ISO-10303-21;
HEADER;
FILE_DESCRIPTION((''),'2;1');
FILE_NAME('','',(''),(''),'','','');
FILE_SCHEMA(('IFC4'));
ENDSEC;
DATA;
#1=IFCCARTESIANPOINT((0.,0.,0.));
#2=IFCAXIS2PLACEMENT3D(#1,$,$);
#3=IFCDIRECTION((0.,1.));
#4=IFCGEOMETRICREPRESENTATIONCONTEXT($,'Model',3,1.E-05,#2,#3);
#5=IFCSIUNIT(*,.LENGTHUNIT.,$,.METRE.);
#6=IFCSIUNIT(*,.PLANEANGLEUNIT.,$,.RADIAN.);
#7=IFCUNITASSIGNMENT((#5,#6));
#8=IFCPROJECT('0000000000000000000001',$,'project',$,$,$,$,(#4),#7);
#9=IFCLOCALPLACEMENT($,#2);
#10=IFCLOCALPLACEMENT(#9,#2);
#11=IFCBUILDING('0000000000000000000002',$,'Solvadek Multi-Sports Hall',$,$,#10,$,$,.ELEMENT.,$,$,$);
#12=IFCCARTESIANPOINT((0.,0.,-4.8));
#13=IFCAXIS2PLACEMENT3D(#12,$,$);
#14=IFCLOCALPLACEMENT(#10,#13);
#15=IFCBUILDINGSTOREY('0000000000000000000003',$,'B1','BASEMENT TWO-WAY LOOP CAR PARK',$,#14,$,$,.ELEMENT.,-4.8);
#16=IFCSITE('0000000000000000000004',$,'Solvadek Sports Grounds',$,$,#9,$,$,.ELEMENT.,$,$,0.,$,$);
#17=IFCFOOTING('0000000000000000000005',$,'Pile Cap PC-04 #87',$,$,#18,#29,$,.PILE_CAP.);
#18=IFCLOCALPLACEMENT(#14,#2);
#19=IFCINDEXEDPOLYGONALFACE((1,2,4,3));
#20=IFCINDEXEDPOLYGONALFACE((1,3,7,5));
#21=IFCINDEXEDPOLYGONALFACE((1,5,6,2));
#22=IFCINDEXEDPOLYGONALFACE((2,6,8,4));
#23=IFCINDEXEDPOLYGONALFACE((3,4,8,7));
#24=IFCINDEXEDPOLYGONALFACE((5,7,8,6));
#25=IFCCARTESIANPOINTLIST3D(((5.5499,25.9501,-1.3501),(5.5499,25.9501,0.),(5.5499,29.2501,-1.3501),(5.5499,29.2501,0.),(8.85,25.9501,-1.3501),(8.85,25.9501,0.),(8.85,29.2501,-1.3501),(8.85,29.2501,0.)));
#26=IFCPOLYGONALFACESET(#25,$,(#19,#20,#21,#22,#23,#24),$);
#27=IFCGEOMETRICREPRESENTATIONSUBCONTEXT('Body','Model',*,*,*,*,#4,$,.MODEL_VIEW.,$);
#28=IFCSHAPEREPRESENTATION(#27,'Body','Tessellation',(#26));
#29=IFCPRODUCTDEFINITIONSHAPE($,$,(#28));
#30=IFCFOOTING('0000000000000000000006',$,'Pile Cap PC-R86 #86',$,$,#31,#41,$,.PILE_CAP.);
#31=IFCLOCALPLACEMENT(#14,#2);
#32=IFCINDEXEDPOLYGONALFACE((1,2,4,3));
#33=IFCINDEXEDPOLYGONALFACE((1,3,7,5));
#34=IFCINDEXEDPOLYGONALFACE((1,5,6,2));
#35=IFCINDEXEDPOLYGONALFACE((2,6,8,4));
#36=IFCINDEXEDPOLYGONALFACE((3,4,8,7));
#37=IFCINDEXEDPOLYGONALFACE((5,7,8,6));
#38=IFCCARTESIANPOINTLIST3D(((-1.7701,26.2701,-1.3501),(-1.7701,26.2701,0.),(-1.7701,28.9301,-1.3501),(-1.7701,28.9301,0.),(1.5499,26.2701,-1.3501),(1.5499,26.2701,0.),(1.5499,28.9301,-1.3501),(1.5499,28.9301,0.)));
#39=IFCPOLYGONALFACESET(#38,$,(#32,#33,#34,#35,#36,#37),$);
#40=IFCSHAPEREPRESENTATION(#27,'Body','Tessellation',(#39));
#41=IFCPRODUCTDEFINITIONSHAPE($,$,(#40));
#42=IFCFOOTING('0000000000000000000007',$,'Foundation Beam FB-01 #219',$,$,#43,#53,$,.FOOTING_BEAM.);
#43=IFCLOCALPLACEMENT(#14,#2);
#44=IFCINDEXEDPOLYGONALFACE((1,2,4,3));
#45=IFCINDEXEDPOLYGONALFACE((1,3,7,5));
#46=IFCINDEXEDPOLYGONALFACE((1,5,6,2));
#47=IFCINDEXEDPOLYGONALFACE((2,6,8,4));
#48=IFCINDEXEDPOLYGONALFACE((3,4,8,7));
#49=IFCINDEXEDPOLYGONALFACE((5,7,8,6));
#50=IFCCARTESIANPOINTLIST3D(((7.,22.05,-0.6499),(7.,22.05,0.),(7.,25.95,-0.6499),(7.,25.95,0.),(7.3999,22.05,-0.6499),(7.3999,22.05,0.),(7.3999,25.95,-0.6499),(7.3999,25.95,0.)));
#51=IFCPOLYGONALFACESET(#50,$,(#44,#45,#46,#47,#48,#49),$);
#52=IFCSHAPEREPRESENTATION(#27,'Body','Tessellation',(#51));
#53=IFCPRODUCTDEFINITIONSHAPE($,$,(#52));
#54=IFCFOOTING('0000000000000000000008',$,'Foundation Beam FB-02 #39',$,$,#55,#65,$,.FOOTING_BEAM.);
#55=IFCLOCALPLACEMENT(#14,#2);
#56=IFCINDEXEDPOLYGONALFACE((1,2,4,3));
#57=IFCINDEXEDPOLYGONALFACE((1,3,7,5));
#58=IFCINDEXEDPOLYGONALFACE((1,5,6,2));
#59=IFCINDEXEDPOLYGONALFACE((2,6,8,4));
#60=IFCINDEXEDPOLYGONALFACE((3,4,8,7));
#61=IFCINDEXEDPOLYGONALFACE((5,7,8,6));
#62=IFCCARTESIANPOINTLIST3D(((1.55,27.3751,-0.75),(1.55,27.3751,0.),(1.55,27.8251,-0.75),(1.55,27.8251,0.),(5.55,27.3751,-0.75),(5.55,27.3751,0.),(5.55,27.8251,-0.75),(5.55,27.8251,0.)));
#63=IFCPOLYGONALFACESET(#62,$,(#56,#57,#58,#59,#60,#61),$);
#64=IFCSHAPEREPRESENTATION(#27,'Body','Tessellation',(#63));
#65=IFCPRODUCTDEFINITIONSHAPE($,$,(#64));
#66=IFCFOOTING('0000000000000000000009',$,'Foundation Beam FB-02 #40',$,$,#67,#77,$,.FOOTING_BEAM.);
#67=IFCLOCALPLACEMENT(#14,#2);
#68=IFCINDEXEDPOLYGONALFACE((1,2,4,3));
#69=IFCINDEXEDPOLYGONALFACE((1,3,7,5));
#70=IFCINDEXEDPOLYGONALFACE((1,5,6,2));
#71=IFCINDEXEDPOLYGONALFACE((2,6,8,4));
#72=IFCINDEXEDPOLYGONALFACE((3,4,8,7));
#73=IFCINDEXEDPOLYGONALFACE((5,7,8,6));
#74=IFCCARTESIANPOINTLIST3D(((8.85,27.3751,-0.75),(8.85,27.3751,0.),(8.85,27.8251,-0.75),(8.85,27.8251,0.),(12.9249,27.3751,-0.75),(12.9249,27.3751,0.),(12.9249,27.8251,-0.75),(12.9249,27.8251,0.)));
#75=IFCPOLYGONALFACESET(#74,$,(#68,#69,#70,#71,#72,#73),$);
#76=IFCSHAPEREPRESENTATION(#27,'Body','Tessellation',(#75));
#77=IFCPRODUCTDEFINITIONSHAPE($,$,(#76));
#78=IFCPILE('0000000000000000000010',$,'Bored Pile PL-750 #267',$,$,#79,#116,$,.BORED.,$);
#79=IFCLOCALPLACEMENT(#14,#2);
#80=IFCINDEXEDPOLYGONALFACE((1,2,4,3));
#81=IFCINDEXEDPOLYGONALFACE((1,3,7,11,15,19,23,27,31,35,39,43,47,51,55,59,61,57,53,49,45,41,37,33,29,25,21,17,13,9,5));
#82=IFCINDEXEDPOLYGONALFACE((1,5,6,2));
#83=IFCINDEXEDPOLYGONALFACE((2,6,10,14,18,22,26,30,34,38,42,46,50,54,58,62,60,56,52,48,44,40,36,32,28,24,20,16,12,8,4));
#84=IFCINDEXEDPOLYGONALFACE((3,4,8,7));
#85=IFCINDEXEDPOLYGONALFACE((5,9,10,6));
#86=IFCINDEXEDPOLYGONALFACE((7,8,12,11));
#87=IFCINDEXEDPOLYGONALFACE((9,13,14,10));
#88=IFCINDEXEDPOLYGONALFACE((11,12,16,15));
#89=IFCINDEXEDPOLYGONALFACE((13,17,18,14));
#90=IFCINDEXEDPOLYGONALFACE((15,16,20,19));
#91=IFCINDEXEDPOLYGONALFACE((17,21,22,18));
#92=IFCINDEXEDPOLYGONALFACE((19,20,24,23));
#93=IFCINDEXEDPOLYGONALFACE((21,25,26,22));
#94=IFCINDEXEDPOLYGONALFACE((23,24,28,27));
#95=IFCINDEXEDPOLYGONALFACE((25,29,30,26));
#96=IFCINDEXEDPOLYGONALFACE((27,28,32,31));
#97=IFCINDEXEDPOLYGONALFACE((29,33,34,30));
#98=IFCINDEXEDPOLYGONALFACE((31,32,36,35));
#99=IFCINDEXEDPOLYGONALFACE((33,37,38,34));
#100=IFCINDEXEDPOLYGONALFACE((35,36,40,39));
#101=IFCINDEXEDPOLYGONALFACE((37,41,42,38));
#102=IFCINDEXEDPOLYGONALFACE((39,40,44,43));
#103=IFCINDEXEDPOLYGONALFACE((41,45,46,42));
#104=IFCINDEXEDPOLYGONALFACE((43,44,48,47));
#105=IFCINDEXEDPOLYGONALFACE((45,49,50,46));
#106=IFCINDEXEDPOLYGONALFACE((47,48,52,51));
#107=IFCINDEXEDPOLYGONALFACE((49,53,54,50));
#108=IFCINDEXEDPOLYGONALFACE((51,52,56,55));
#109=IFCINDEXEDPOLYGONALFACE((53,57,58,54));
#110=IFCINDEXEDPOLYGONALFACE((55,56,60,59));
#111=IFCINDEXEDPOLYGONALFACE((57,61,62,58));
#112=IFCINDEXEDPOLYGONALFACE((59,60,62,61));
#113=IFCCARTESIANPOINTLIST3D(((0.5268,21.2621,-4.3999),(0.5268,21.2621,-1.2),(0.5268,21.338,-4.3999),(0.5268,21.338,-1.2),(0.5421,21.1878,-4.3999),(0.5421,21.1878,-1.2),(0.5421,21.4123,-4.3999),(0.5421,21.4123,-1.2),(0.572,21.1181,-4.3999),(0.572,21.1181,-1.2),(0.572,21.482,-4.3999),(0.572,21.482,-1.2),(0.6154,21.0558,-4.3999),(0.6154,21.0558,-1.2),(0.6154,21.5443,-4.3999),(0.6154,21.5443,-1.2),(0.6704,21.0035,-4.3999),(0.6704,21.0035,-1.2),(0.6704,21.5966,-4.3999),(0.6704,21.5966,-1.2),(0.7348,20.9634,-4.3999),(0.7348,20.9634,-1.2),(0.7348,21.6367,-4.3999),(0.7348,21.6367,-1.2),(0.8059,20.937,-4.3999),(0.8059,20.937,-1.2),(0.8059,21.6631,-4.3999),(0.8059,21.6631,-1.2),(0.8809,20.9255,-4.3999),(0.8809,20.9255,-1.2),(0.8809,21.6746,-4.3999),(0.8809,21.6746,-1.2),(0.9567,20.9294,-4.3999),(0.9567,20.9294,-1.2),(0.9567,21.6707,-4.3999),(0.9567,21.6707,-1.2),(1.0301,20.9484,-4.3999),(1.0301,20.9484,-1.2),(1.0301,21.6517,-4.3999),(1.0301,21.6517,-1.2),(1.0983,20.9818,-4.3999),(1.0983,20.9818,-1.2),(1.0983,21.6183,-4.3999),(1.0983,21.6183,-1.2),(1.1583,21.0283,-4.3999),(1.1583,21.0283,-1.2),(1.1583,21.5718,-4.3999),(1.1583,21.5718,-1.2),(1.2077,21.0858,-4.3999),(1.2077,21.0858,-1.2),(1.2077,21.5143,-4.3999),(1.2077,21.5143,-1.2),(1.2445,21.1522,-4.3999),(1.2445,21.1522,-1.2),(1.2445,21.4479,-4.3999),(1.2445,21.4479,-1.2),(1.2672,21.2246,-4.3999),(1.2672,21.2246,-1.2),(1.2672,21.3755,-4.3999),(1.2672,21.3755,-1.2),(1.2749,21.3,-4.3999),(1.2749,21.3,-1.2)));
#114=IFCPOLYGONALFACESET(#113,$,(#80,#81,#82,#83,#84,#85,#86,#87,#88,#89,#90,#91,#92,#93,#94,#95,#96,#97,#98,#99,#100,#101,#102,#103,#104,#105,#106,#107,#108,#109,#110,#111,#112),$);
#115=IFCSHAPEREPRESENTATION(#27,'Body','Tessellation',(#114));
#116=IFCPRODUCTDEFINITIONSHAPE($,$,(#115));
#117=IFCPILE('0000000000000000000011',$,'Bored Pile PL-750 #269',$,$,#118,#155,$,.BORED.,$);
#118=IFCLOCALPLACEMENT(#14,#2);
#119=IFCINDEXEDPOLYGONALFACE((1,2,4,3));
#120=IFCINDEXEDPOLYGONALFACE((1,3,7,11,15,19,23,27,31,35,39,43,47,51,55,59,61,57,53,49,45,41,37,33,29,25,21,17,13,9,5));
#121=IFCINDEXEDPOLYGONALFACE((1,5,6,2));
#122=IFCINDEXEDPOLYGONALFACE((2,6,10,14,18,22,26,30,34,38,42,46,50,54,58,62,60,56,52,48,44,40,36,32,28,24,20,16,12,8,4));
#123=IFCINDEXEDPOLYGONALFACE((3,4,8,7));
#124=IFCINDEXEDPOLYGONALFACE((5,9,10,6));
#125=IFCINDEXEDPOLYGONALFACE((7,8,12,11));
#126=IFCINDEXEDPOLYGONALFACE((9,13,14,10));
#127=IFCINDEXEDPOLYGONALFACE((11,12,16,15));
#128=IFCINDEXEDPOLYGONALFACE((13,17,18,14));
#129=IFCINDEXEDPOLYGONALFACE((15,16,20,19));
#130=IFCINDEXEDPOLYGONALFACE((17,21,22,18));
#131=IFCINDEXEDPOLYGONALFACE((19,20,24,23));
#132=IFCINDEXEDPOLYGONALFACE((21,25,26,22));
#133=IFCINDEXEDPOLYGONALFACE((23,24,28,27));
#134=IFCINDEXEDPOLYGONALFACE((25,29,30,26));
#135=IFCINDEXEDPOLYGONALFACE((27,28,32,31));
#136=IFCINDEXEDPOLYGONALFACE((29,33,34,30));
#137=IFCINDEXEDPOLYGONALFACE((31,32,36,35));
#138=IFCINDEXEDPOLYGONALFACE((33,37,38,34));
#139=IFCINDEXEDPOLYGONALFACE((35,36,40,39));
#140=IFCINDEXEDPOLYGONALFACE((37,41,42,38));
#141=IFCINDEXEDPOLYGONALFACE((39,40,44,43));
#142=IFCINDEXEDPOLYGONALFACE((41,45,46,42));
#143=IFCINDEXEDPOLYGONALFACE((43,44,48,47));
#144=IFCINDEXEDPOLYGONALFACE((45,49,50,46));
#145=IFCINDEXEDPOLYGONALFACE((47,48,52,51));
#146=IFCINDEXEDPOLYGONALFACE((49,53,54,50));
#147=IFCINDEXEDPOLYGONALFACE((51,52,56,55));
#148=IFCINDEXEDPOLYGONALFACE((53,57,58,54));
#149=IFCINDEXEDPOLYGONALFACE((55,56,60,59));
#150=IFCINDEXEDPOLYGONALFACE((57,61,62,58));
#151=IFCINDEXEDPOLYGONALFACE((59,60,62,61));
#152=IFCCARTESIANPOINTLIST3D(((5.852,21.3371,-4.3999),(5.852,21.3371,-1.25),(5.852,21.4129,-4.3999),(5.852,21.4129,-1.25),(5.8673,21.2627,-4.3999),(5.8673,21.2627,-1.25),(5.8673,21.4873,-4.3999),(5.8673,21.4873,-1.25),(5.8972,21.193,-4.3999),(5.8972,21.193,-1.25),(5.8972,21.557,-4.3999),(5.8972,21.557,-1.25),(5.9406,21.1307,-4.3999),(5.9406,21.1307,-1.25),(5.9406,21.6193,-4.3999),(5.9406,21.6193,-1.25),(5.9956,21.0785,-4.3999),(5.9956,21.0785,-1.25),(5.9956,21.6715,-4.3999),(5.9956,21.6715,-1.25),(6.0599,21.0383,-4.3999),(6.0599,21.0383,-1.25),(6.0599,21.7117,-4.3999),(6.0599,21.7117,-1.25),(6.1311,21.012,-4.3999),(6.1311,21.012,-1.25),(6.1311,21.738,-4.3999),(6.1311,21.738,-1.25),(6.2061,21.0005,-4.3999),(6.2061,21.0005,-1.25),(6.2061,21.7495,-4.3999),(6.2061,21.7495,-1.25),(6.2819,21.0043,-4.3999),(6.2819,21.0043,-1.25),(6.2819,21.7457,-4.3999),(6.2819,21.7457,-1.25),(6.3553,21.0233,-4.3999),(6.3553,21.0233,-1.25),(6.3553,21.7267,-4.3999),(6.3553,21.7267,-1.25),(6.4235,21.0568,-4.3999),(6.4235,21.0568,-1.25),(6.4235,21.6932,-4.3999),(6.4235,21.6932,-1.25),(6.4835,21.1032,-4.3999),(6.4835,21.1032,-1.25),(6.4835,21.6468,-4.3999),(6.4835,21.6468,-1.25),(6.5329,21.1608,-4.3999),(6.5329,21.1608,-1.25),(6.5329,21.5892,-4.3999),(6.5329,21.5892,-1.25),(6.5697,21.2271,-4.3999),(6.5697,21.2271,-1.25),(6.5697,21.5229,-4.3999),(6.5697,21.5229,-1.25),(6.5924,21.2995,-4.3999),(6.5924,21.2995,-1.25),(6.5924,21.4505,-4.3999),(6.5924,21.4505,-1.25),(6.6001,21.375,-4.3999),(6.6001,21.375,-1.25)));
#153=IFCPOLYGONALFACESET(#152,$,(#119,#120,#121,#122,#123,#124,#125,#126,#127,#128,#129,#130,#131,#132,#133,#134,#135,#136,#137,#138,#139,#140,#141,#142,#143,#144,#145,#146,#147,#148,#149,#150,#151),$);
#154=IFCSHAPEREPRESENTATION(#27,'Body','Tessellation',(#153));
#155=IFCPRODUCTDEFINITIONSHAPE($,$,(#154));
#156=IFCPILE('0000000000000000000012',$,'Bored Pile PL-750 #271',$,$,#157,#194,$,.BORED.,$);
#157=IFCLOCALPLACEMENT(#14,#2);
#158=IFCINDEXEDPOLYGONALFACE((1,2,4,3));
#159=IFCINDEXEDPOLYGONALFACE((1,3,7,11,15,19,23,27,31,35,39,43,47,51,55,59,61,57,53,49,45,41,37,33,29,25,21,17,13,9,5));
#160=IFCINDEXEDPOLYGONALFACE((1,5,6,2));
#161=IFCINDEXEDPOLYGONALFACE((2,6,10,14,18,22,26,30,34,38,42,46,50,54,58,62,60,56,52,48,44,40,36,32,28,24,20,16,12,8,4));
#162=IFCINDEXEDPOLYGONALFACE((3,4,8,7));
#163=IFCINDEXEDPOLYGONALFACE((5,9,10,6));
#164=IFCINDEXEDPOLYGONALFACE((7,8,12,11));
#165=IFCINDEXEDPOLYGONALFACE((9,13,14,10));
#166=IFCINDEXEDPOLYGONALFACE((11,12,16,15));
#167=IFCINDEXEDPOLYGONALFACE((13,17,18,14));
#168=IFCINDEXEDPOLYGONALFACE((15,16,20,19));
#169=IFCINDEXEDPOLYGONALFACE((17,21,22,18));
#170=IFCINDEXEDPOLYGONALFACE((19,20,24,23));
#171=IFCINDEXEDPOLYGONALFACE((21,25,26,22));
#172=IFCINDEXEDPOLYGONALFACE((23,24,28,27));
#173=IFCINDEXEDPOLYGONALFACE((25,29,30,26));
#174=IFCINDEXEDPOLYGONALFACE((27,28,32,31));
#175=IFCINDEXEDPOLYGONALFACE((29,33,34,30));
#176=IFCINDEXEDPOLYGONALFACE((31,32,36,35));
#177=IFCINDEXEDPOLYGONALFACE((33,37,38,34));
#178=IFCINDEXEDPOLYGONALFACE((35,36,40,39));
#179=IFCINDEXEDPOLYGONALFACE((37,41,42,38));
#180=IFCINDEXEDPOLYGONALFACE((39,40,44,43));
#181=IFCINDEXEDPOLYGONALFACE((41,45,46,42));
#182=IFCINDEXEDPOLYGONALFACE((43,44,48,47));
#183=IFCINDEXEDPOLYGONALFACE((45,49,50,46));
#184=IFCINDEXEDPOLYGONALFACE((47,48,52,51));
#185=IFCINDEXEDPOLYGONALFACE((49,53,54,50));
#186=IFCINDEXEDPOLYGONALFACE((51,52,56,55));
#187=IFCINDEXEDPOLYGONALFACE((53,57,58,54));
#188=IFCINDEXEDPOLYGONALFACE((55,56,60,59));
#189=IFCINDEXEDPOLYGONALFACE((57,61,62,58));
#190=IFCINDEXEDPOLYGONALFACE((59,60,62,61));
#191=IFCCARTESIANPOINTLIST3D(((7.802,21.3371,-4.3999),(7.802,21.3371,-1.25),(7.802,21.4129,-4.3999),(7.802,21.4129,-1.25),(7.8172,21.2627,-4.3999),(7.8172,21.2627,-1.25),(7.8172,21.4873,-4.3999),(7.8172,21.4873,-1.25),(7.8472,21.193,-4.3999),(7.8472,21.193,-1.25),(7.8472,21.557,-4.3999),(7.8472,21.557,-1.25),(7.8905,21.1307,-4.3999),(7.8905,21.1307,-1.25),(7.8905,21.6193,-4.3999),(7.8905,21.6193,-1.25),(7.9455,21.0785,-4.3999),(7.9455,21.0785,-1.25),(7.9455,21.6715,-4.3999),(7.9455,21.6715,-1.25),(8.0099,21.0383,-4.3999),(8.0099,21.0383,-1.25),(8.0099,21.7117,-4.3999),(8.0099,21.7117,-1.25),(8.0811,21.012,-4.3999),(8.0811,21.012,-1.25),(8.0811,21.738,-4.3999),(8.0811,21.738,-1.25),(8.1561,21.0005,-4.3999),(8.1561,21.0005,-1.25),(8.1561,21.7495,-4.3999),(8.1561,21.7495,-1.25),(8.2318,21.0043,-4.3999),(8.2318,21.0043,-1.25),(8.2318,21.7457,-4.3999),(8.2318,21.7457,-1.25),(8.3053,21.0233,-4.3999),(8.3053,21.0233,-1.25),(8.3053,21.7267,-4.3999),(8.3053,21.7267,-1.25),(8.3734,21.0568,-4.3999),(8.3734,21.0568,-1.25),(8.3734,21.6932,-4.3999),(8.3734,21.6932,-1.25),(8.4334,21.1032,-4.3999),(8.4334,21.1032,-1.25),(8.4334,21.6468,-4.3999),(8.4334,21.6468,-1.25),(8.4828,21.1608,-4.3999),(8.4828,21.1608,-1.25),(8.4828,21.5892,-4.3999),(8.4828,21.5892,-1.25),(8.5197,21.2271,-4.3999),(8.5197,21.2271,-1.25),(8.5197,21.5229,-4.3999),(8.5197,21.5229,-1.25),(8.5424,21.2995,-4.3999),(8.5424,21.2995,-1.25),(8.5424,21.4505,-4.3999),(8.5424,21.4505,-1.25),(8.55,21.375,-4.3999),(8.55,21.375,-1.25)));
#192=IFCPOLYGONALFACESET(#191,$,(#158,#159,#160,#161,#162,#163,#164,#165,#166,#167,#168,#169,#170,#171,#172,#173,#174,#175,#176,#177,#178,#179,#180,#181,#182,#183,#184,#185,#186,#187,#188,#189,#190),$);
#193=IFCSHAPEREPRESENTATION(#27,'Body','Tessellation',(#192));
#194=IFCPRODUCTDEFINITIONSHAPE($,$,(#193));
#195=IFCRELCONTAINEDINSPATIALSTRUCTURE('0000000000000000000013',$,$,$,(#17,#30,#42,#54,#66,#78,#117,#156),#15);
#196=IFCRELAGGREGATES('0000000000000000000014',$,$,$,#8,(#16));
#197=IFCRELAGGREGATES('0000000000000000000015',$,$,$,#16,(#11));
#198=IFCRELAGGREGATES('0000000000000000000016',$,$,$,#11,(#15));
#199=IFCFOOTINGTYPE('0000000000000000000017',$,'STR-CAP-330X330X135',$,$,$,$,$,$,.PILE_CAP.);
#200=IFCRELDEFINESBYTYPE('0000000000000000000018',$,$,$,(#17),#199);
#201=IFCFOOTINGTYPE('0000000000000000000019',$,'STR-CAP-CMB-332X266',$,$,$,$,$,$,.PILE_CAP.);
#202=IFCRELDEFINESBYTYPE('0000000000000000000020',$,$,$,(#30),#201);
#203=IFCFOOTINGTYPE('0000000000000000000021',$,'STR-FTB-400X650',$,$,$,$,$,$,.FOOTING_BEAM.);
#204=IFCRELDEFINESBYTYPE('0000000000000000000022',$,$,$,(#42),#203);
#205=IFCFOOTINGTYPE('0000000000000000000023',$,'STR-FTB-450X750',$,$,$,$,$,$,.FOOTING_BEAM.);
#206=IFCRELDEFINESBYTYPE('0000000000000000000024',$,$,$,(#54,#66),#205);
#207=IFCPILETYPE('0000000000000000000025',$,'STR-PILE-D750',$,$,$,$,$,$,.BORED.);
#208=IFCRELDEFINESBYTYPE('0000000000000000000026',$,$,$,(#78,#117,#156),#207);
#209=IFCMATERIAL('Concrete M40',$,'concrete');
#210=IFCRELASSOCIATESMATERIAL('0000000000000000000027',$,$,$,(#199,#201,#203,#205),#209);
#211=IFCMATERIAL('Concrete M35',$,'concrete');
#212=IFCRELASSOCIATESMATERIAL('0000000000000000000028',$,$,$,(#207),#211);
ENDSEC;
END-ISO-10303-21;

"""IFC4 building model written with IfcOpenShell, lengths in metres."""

from ifc_helpers import new_model, si_unit, direction, frame, origin, origin_2d, place, context, subcontext, project, spatial, rectangle, circle, extrude, material, material_profile, profile_set, type_object, element, save


model = new_model("IFC4")

# Units and contexts
model_context = context("Model", 3, precision=1e-05, world=origin(), true_north=direction((0.0, 1.0)))
body_context = subcontext(model_context, "Body", "Model", "MODEL_VIEW")
ifc_project = project(units=[si_unit("LENGTHUNIT", "METRE"), si_unit("PLANEANGLEUNIT", "RADIAN")], contexts=[model_context])

# Site, building, storey
site_placement = place(None, origin())
site = spatial("IfcSite", under=ifc_project, at=site_placement, Name="Solvadek Sports Grounds", CompositionType="ELEMENT", RefElevation=0.0)
building_placement = place(site_placement, origin())
building = spatial("IfcBuilding", under=site, at=building_placement, Name="Solvadek Multi-Sports Hall", CompositionType="ELEMENT")
storey_placement = place(building_placement, frame((0.0, 0.0, -4.8)))
storey = spatial("IfcBuildingStorey", under=building, at=storey_placement, Name="B1", Description="BASEMENT TWO-WAY LOOP CAR PARK", CompositionType="ELEMENT", Elevation=-4.8)

# Footings
ifc_material_1 = material(Name="Concrete M40", Category="concrete")
footing_type_1 = type_object("IfcFootingType", Name="STR-CAP-330X330X135", PredefinedType="PILE_CAP", material=ifc_material_1)
footing_1_placement = place(storey_placement, frame((7.2, 27.6001, -1.3501), z_axis=(0.0, 0.0, 1.0), x_axis=(1.0, 0.0, 0.0)))
element("IfcFooting", 1, at=footing_1_placement, inside=storey, type_object=footing_type_1, Name="Pile Cap PC-04 #87", PredefinedType="PILE_CAP", context=body_context, shape_type="SweptSolid", body=[
    extrude(rectangle(XDim=3.3, YDim=3.3, at=origin_2d()), origin(), (0.0, 0.0, 1.0), 1.3501),
])
footing_type_2 = type_object("IfcFootingType", Name="STR-CAP-CMB-332X266", PredefinedType="PILE_CAP", material=ifc_material_1)
footing_2_placement = place(storey_placement, frame((-0.1101, 27.6001, -1.3501), z_axis=(0.0, 0.0, 1.0), x_axis=(1.0, 0.0, 0.0)))
element("IfcFooting", 2, at=footing_2_placement, inside=storey, type_object=footing_type_2, Name="Pile Cap PC-R86 #86", PredefinedType="PILE_CAP", context=body_context, shape_type="SweptSolid", body=[
    extrude(rectangle(XDim=3.3201, YDim=2.6599, at=origin_2d()), origin(), (0.0, 0.0, 1.0), 1.3501),
])
footing_type_3 = type_object("IfcFootingType", Name="STR-FTB-400X650", PredefinedType="FOOTING_BEAM", material=ifc_material_1)
footing_3_placement = place(storey_placement, frame((7.2, 24.0, -0.6499), z_axis=(0.0, 0.0, 1.0), x_axis=(0.0, 1.0, 0.0)))
element("IfcFooting", 3, at=footing_3_placement, inside=storey, type_object=footing_type_3, Name="Foundation Beam FB-01 #219", PredefinedType="FOOTING_BEAM", context=body_context, shape_type="SweptSolid", body=[
    extrude(rectangle(XDim=3.8999, YDim=0.3999, at=origin_2d()), origin(), (0.0, 0.0, 1.0), 0.6499),
])
footing_type_4 = type_object("IfcFootingType", Name="STR-FTB-450X750", PredefinedType="FOOTING_BEAM", material=ifc_material_1)
footing_4_placement = place(storey_placement, frame((3.55, 27.6001, -0.75), z_axis=(0.0, 0.0, 1.0), x_axis=(1.0, 0.0, 0.0)))
element("IfcFooting", 4, at=footing_4_placement, inside=storey, type_object=footing_type_4, Name="Foundation Beam FB-02 #39", PredefinedType="FOOTING_BEAM", context=body_context, shape_type="SweptSolid", body=[
    extrude(rectangle(XDim=4.0, YDim=0.45, at=origin_2d()), origin(), (0.0, 0.0, 1.0), 0.75),
])
footing_5_placement = place(storey_placement, frame((10.8875, 27.6001, -0.75), z_axis=(0.0, 0.0, 1.0), x_axis=(1.0, 0.0, 0.0)))
element("IfcFooting", 5, at=footing_5_placement, inside=storey, type_object=footing_type_4, Name="Foundation Beam FB-02 #40", PredefinedType="FOOTING_BEAM", context=body_context, shape_type="SweptSolid", body=[
    extrude(rectangle(XDim=4.075, YDim=0.45, at=origin_2d()), origin(), (0.0, 0.0, 1.0), 0.75),
])

# Piles
ifc_material_2 = material(Name="Concrete M35", Category="concrete")
ifc_material_profile_1 = material_profile(ifc_material_2, circle(Radius=0.375, at=origin_2d()), Name="BORED PILE D750")
ifc_profile_set_1 = profile_set([ifc_material_profile_1], Name="Concrete M35")
pile_type = type_object("IfcPileType", Name="STR-PILE-D750", PredefinedType="BORED", material=ifc_profile_set_1)
pile_placement = place(storey_placement, frame((0.8999, 21.3, -1.2), z_axis=(0.0, 0.0, -1.0), x_axis=(1.0, 0.0, 0.0)))
element("IfcPile", 6, at=pile_placement, inside=storey, type_object=pile_type, Name="Bored Pile PL-750 #267", PredefinedType="BORED", context=body_context, shape_type="SweptSolid", body=[
    extrude(circle(Radius=0.375, at=origin_2d()), origin(), (0.0, 0.0, 1.0), 3.2),
])
for number, where, z_axis, x_axis, name in (
    (7, (6.2251, 21.375, -1.25), (0.0, 0.0, -1.0), (1.0, 0.0, 0.0), "Bored Pile PL-750 #269"),
    (8, (8.175, 21.375, -1.25), (0.0, 0.0, -1.0), (1.0, 0.0, 0.0), "Bored Pile PL-750 #271"),
):
    element("IfcPile", number, at=place(storey_placement, frame(where, z_axis=z_axis, x_axis=x_axis)), inside=storey, type_object=pile_type, Name=name, PredefinedType="BORED", context=body_context, shape_type="SweptSolid", body=[
        extrude(circle(Radius=0.375, at=origin_2d()), origin(), (0.0, 0.0, 1.0), 3.1499),
    ])

save(model, "model.ifc")
